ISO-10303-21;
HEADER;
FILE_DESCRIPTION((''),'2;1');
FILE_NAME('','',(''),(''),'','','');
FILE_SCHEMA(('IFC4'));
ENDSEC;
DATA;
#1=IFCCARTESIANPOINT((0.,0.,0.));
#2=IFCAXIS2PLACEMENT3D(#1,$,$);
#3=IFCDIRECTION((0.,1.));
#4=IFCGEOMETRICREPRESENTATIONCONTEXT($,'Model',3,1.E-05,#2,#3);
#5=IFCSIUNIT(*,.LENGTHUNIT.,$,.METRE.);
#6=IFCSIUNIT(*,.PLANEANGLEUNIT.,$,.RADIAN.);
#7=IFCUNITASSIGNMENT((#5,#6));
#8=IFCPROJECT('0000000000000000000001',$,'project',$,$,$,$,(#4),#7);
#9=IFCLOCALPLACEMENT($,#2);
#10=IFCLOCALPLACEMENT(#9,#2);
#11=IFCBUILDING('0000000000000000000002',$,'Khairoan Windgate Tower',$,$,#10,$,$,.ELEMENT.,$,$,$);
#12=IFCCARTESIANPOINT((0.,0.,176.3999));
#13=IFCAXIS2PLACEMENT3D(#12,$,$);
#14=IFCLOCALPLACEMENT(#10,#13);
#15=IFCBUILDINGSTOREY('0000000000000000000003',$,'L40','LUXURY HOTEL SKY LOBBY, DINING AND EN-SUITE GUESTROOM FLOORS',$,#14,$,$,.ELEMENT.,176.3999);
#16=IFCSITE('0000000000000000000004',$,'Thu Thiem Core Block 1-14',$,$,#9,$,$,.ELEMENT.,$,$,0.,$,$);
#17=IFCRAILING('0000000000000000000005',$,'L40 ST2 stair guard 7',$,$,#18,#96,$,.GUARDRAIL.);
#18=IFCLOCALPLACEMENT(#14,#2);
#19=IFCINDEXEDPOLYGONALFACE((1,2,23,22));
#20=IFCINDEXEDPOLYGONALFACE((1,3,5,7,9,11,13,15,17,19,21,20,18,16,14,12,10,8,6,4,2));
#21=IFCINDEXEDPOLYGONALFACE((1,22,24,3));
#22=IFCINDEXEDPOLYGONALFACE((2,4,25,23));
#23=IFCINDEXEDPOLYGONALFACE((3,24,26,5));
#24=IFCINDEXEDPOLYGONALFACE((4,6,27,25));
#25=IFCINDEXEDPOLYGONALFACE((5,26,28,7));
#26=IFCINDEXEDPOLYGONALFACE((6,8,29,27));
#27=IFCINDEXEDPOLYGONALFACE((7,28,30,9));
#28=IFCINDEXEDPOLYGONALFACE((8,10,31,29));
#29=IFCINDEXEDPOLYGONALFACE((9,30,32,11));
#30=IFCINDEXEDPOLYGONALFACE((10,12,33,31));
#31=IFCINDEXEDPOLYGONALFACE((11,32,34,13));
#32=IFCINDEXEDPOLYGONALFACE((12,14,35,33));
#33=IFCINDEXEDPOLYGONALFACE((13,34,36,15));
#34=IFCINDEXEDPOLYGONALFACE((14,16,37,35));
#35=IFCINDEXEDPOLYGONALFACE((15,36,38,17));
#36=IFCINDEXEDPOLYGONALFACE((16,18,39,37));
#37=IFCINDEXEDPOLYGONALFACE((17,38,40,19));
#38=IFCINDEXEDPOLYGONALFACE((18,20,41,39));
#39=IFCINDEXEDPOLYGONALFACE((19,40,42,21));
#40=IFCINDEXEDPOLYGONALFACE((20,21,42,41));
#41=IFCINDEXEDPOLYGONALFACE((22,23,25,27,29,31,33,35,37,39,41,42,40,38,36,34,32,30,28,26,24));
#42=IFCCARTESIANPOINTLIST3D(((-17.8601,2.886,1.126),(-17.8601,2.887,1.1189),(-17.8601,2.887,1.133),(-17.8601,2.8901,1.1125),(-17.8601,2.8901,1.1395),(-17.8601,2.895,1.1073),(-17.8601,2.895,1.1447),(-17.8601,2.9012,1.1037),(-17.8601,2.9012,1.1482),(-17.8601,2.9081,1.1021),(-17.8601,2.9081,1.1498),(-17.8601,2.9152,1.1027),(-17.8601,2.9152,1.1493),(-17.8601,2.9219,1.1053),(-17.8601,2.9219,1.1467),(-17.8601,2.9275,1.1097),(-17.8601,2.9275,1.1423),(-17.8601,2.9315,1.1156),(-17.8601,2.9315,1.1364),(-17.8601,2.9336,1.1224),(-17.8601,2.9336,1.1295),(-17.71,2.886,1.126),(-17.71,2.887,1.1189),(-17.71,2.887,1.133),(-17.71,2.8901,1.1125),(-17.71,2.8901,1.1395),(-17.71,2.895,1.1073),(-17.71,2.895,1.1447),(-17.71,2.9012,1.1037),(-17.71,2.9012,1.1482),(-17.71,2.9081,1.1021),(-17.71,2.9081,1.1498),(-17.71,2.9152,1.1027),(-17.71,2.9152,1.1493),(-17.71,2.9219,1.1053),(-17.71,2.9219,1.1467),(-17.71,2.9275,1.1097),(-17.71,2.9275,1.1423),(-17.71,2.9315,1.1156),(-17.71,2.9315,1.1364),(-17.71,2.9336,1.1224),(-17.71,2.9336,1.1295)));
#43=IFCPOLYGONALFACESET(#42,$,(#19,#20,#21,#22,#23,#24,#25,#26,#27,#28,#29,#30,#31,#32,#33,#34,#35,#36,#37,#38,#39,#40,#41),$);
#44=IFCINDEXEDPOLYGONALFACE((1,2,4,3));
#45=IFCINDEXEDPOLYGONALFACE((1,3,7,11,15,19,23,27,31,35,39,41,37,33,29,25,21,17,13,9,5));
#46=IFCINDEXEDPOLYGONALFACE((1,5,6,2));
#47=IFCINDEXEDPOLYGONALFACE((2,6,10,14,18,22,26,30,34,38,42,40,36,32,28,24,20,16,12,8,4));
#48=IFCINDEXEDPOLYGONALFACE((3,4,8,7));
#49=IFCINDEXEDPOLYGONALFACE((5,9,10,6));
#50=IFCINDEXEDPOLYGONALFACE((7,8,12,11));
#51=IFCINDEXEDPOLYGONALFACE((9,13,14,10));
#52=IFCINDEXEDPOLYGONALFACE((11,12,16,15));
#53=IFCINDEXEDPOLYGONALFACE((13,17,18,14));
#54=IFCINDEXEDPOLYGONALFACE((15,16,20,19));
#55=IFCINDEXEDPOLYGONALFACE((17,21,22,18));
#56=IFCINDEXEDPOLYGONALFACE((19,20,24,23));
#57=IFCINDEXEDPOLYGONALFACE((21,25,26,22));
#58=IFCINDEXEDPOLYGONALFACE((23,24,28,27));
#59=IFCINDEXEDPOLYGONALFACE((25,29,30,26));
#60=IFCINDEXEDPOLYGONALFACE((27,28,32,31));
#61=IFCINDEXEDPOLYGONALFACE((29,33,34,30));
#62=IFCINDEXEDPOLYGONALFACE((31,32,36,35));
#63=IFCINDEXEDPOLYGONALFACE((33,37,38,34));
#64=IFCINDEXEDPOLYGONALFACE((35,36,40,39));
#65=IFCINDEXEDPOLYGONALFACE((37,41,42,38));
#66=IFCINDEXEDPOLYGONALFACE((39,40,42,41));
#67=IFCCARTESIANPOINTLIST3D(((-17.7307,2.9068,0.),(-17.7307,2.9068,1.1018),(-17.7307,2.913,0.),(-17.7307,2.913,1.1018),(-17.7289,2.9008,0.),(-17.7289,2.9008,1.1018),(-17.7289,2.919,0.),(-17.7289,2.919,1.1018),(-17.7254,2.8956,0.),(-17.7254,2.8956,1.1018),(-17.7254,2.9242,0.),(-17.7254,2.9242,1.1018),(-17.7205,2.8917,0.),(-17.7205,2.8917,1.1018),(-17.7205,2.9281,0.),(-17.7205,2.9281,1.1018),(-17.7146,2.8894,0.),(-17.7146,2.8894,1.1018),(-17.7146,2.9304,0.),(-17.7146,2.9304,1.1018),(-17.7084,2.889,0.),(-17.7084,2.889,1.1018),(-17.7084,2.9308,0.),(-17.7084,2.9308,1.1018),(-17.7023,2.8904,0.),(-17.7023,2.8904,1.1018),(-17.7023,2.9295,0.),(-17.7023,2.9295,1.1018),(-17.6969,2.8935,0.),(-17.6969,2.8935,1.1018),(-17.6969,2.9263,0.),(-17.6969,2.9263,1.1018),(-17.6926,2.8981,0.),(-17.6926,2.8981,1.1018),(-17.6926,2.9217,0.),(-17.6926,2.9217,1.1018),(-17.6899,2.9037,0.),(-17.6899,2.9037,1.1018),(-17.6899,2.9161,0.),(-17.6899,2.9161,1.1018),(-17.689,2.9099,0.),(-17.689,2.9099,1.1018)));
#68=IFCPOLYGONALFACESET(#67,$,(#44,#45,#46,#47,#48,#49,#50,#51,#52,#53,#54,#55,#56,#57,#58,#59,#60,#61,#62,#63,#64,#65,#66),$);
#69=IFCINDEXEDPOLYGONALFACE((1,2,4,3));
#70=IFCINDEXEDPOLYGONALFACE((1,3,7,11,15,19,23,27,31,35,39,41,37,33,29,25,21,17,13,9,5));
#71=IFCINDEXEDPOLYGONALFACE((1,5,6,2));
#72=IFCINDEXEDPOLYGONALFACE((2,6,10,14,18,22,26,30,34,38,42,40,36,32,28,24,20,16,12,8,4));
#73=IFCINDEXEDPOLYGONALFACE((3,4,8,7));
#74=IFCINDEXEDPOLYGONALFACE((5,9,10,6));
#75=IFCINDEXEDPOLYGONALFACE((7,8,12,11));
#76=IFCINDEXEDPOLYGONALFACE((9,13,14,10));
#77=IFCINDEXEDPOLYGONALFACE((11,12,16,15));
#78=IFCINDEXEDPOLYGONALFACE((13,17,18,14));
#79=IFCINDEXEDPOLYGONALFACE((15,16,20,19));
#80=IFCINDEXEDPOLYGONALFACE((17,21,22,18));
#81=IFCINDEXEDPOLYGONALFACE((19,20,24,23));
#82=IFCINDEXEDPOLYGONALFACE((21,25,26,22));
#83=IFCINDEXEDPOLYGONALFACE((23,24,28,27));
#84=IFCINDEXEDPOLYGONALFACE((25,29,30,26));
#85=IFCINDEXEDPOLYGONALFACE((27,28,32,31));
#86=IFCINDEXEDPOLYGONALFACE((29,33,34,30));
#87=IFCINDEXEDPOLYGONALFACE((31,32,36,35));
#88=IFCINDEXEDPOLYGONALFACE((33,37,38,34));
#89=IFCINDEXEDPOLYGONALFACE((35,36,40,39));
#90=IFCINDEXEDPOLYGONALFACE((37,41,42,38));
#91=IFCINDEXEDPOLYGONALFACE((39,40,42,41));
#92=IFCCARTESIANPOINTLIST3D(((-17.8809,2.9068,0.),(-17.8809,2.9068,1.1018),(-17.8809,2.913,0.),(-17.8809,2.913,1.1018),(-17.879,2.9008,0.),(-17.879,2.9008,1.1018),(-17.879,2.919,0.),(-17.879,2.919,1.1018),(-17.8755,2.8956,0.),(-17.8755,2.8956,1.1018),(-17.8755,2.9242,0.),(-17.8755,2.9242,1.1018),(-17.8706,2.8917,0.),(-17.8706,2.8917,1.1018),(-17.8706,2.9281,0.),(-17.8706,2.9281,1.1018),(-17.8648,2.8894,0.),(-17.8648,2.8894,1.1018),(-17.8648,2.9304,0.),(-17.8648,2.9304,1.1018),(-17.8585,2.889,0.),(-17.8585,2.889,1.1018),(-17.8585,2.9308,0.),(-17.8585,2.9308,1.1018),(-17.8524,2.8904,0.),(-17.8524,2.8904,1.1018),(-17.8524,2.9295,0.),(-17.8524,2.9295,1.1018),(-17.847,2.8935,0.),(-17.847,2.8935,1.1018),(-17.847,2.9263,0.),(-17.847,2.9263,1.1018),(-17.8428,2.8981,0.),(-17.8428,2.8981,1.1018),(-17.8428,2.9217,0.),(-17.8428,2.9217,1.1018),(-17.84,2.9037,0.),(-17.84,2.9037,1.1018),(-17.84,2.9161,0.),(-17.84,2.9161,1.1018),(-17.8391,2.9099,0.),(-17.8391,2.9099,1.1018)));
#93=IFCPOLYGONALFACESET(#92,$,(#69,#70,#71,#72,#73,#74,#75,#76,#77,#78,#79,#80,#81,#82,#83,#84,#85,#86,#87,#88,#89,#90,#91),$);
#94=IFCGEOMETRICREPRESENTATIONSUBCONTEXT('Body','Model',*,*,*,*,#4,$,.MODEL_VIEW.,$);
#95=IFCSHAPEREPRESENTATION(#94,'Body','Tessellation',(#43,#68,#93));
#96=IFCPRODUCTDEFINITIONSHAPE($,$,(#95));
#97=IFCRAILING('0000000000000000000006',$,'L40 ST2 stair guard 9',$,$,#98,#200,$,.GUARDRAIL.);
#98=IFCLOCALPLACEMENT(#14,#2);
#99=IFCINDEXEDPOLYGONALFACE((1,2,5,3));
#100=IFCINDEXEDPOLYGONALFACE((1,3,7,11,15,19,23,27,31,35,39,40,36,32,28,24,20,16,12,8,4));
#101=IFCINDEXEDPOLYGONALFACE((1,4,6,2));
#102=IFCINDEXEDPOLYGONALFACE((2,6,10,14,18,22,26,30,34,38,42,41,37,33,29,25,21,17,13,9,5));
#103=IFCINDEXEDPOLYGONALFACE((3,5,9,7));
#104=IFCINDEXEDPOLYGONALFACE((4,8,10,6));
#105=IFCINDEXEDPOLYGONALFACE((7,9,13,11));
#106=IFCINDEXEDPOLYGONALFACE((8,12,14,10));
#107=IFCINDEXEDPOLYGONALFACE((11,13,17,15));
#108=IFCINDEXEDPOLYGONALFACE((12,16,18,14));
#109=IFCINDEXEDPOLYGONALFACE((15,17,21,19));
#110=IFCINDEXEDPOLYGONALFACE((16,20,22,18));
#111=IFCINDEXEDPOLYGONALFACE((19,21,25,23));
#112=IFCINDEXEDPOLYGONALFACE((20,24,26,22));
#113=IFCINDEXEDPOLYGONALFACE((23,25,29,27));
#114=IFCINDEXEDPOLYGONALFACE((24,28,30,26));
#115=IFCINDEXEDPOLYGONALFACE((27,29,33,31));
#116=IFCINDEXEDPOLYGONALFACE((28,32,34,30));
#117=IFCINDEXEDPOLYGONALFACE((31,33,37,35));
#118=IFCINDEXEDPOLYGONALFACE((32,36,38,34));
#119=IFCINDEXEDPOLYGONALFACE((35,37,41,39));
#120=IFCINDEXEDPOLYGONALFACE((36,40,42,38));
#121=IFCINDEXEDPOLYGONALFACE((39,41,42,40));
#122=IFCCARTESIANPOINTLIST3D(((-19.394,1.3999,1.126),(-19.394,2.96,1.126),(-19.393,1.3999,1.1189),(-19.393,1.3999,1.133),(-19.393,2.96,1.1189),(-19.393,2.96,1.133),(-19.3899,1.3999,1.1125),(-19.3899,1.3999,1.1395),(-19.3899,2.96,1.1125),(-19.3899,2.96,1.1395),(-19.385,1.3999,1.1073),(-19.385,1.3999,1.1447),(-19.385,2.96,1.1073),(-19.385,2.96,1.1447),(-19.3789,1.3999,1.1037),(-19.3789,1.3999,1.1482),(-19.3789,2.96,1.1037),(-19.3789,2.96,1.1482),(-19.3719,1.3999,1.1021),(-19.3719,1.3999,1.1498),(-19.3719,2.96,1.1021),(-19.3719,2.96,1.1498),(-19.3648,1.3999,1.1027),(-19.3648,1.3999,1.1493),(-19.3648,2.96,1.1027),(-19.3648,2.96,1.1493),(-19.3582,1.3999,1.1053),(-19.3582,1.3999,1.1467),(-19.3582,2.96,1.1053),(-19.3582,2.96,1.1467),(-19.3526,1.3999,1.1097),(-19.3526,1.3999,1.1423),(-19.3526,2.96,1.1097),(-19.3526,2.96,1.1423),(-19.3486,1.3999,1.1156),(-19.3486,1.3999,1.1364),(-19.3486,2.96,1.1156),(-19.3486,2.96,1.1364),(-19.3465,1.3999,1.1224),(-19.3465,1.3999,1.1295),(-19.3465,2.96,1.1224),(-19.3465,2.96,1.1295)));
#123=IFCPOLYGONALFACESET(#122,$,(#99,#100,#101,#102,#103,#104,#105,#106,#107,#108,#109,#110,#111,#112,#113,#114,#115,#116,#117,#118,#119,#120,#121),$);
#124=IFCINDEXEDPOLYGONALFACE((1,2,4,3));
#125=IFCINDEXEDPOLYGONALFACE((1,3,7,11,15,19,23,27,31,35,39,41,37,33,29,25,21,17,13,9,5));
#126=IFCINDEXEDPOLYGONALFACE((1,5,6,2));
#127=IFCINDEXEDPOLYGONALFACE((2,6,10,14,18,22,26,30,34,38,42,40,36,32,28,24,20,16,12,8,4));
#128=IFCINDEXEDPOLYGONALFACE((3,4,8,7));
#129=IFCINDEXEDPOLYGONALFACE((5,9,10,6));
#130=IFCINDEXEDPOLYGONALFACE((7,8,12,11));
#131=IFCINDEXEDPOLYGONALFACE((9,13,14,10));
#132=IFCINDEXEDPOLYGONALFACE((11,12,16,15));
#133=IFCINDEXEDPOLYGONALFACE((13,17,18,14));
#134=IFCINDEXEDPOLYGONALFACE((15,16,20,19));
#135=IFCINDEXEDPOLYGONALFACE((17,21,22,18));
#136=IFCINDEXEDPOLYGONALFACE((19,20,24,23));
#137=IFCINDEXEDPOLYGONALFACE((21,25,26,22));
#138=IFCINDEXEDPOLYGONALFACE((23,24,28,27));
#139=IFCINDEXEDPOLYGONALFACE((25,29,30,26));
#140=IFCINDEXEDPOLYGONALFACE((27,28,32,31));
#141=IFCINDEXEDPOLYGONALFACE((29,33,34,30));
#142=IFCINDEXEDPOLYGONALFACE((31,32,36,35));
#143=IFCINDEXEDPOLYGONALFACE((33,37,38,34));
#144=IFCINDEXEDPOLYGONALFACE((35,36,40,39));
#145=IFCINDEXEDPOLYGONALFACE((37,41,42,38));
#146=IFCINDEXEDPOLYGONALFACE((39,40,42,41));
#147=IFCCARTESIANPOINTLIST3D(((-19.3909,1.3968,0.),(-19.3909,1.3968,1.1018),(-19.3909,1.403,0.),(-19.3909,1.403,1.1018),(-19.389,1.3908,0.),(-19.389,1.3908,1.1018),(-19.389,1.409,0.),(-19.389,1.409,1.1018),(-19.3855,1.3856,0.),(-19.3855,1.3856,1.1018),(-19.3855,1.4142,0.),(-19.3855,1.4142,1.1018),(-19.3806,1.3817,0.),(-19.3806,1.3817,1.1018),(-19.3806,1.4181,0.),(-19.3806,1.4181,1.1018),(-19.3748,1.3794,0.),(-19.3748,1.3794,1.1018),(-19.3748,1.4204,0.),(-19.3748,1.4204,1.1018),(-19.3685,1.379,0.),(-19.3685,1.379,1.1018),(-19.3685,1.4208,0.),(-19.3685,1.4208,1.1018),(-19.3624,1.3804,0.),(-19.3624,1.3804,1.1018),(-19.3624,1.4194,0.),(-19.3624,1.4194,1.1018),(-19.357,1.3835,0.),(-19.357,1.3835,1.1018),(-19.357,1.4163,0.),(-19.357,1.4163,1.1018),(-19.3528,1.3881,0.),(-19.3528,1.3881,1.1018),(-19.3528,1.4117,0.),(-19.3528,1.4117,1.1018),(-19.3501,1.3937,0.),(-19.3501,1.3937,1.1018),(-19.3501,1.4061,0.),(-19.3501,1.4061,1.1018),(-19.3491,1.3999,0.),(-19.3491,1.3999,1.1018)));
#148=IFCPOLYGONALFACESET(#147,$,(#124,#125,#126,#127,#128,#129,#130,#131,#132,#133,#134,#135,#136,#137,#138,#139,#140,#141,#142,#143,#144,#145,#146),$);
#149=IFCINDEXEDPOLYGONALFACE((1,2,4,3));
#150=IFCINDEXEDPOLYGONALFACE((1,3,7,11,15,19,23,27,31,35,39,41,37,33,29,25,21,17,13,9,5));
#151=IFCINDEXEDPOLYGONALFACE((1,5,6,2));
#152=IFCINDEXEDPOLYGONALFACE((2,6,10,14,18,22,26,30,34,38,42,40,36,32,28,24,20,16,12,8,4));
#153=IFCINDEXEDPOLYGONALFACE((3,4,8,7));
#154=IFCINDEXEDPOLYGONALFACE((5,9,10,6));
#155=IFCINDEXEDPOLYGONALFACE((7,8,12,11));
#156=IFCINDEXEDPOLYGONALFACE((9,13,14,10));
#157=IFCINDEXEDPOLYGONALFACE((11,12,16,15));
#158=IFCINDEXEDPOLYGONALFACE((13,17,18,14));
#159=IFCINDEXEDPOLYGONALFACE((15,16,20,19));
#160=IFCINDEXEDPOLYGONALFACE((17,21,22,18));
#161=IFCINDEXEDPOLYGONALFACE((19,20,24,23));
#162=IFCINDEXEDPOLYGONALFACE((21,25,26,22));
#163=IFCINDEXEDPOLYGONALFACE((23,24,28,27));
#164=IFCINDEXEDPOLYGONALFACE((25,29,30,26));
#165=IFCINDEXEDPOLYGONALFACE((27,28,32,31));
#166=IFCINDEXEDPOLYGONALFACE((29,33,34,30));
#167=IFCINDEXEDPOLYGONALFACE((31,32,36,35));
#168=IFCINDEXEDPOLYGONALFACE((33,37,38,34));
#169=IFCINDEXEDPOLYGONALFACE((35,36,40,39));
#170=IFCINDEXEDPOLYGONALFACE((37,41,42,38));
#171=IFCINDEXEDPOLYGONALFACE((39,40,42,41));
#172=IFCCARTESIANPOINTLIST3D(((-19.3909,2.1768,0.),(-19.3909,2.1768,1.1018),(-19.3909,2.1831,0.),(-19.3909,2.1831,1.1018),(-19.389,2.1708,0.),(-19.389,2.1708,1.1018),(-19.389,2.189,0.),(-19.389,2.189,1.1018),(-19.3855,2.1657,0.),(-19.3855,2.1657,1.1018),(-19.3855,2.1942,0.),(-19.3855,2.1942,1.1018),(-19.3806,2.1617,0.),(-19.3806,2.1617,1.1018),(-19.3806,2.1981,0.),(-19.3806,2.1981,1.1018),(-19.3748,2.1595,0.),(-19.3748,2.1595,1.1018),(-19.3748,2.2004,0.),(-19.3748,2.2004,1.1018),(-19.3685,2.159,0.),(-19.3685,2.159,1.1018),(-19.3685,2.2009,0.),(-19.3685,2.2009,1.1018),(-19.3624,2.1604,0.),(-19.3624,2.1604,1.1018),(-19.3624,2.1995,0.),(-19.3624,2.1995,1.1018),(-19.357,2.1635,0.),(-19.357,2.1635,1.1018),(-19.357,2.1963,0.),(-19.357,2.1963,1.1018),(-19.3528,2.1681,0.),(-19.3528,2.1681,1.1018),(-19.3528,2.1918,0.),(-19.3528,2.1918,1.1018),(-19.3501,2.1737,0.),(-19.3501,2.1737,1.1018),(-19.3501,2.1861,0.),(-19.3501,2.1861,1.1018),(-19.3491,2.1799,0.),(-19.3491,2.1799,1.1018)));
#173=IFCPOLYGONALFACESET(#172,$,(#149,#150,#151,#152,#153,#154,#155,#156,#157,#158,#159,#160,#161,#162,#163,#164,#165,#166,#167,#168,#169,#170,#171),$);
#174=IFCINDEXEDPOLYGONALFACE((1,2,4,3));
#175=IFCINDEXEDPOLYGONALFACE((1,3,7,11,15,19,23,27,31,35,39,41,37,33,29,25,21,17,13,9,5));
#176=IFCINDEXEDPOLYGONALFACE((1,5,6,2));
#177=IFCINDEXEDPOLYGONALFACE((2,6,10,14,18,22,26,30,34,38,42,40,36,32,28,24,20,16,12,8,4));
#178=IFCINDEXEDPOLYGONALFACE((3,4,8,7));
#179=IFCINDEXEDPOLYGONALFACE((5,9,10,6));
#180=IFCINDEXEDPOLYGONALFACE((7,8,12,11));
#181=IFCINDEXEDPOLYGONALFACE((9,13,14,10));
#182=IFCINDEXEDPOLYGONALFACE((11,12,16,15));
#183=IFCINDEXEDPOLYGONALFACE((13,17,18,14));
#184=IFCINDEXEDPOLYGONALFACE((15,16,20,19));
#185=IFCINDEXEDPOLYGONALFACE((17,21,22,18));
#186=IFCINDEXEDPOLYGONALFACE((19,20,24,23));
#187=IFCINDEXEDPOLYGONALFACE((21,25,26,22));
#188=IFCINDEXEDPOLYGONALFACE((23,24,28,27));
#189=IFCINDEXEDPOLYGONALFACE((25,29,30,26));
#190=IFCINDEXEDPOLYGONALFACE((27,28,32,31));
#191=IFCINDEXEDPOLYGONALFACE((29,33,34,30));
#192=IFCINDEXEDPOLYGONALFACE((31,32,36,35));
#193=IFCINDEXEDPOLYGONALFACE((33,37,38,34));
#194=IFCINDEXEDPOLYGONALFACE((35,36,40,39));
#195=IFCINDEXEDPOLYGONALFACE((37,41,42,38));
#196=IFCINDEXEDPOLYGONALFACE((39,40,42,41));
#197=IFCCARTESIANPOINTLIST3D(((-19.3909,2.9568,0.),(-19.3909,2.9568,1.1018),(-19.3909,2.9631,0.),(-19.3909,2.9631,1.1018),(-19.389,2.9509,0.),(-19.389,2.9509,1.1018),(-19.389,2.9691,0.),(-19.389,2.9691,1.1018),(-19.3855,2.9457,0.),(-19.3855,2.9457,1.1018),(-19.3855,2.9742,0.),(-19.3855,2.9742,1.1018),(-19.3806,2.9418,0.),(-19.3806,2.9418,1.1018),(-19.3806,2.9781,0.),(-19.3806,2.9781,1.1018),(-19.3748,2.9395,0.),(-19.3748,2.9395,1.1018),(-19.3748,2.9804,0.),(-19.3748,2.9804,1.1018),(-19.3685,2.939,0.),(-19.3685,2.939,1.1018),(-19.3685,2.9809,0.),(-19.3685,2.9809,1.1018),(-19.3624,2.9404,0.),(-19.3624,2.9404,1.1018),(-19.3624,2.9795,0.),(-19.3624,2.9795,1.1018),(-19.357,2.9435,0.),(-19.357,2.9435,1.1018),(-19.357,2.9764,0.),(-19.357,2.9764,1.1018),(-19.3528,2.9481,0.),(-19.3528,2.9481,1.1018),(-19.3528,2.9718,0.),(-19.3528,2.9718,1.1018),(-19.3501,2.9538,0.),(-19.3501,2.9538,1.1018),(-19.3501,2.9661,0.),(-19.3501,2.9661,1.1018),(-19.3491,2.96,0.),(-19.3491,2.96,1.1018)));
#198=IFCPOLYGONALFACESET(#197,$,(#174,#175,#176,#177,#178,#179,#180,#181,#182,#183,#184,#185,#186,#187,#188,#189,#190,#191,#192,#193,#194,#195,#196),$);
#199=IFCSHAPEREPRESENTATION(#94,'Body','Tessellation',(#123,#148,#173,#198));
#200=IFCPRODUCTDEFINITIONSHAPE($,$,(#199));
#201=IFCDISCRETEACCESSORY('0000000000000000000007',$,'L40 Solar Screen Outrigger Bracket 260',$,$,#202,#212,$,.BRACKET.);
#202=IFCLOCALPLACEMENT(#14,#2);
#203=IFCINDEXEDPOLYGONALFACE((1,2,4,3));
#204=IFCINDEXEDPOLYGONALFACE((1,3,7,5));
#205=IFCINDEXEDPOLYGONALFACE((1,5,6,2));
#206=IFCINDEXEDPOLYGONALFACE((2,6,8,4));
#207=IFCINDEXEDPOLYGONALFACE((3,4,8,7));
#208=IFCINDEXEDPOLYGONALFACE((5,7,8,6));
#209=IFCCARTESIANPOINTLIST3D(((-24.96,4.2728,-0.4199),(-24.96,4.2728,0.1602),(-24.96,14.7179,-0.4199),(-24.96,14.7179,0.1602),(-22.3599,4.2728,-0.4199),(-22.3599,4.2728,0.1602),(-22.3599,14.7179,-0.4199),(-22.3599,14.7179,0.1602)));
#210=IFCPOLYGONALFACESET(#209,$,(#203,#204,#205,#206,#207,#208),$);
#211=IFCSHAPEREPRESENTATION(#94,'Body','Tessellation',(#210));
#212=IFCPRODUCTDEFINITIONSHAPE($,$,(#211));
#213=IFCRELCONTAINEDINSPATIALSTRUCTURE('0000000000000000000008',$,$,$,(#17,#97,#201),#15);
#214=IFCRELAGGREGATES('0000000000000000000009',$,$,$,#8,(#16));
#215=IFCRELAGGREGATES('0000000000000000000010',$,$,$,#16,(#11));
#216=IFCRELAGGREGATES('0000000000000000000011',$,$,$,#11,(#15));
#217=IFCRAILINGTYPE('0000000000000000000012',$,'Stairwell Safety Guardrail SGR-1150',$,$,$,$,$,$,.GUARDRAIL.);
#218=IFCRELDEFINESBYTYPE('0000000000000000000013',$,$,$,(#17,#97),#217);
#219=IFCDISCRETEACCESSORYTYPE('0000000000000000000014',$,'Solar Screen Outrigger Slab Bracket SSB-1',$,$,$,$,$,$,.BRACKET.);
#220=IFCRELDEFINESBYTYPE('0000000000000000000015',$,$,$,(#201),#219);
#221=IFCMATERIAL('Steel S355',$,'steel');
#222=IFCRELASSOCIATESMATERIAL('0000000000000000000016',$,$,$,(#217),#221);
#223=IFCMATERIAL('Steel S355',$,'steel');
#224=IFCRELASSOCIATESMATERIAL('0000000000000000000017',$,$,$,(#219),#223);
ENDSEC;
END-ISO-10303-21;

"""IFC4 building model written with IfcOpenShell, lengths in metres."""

from ifc_helpers import new_model, si_unit, direction, frame, origin, origin_2d, place, context, subcontext, project, spatial, rectangle, circle, extrude, material, type_object, element, save


model = new_model("IFC4")

# Units and contexts
model_context = context("Model", 3, precision=1e-05, world=origin(), true_north=direction((0.0, 1.0)))
body_context = subcontext(model_context, "Body", "Model", "MODEL_VIEW")
ifc_project = project(units=[si_unit("LENGTHUNIT", "METRE"), si_unit("PLANEANGLEUNIT", "RADIAN")], contexts=[model_context])

# Site, building, storey
site_placement = place(None, origin())
site = spatial("IfcSite", under=ifc_project, at=site_placement, Name="Thu Thiem Core Block 1-14", CompositionType="ELEMENT", RefElevation=0.0)
building_placement = place(site_placement, origin())
building = spatial("IfcBuilding", under=site, at=building_placement, Name="Khairoan Windgate Tower", CompositionType="ELEMENT")
storey_placement = place(building_placement, frame((0.0, 0.0, 176.3999)))
storey = spatial("IfcBuildingStorey", under=building, at=storey_placement, Name="L40", Description="LUXURY HOTEL SKY LOBBY, DINING AND EN-SUITE GUESTROOM FLOORS", CompositionType="ELEMENT", Elevation=176.3999)

# Railings
ifc_material_1 = material(Name="Steel S355", Category="steel")
railing_type_1 = type_object("IfcRailingType", Name="Stairwell Safety Guardrail SGR-1150", PredefinedType="GUARDRAIL", material=ifc_material_1)
railing_1_placement = place(storey_placement, frame((-17.71, 2.9099, 0.0)))
element("IfcRailing", 1, at=railing_1_placement, inside=storey, type_object=railing_type_1, Name="L40 ST2 stair guard 7", PredefinedType="GUARDRAIL", context=body_context, shape_type="SweptSolid", body=[
    extrude(circle(Radius=0.0239, at=origin_2d()), frame((0.0, 0.0, 1.126), z_axis=(-1.0, 0.0, 0.0), x_axis=(0.0, -1.0, 0.0)), (0.0, 0.0, 1.0), 0.1501),
    extrude(circle(Radius=0.021, at=origin_2d()), origin(), (0.0, 0.0, 1.0), 1.1018),
    extrude(circle(Radius=0.021, at=origin_2d()), frame((-0.1501, 0.0, 0.0)), (0.0, 0.0, 1.0), 1.1018),
])
railing_2_placement = place(storey_placement, frame((-19.3701, 1.3999, 0.0)))
element("IfcRailing", 2, at=railing_2_placement, inside=storey, type_object=railing_type_1, Name="L40 ST2 stair guard 9", PredefinedType="GUARDRAIL", context=body_context, shape_type="SweptSolid", body=[
    extrude(circle(Radius=0.0239, at=origin_2d()), frame((0.0, 0.0, 1.126), z_axis=(0.0, 1.0, 0.0), x_axis=(-1.0, 0.0, 0.0)), (0.0, 0.0, 1.0), 1.5601),
    extrude(circle(Radius=0.021, at=origin_2d()), origin(), (0.0, 0.0, 1.0), 1.1018),
    extrude(circle(Radius=0.021, at=origin_2d()), frame((0.0, 0.78, 0.0)), (0.0, 0.0, 1.0), 1.1018),
    extrude(circle(Radius=0.021, at=origin_2d()), frame((0.0, 1.5601, 0.0)), (0.0, 0.0, 1.0), 1.1018),
])

# Discrete accessory
ifc_material_2 = material(Name="Steel S355", Category="steel")
discrete_accessory_type = type_object("IfcDiscreteAccessoryType", Name="Solar Screen Outrigger Slab Bracket SSB-1", PredefinedType="BRACKET", material=ifc_material_2)
discrete_accessory_placement = place(storey_placement, frame((-23.6599, 9.4954, -0.4199), z_axis=(0.0, 0.0, 1.0), x_axis=(0.0, 1.0, 0.0)))
element("IfcDiscreteAccessory", 3, at=discrete_accessory_placement, inside=storey, type_object=discrete_accessory_type, Name="L40 Solar Screen Outrigger Bracket 260", PredefinedType="BRACKET", context=body_context, shape_type="SweptSolid", body=[
    extrude(rectangle(XDim=10.4451, YDim=2.6001, at=origin_2d()), origin(), (0.0, 0.0, 1.0), 0.5801),
])

save(model, "model.ifc")
